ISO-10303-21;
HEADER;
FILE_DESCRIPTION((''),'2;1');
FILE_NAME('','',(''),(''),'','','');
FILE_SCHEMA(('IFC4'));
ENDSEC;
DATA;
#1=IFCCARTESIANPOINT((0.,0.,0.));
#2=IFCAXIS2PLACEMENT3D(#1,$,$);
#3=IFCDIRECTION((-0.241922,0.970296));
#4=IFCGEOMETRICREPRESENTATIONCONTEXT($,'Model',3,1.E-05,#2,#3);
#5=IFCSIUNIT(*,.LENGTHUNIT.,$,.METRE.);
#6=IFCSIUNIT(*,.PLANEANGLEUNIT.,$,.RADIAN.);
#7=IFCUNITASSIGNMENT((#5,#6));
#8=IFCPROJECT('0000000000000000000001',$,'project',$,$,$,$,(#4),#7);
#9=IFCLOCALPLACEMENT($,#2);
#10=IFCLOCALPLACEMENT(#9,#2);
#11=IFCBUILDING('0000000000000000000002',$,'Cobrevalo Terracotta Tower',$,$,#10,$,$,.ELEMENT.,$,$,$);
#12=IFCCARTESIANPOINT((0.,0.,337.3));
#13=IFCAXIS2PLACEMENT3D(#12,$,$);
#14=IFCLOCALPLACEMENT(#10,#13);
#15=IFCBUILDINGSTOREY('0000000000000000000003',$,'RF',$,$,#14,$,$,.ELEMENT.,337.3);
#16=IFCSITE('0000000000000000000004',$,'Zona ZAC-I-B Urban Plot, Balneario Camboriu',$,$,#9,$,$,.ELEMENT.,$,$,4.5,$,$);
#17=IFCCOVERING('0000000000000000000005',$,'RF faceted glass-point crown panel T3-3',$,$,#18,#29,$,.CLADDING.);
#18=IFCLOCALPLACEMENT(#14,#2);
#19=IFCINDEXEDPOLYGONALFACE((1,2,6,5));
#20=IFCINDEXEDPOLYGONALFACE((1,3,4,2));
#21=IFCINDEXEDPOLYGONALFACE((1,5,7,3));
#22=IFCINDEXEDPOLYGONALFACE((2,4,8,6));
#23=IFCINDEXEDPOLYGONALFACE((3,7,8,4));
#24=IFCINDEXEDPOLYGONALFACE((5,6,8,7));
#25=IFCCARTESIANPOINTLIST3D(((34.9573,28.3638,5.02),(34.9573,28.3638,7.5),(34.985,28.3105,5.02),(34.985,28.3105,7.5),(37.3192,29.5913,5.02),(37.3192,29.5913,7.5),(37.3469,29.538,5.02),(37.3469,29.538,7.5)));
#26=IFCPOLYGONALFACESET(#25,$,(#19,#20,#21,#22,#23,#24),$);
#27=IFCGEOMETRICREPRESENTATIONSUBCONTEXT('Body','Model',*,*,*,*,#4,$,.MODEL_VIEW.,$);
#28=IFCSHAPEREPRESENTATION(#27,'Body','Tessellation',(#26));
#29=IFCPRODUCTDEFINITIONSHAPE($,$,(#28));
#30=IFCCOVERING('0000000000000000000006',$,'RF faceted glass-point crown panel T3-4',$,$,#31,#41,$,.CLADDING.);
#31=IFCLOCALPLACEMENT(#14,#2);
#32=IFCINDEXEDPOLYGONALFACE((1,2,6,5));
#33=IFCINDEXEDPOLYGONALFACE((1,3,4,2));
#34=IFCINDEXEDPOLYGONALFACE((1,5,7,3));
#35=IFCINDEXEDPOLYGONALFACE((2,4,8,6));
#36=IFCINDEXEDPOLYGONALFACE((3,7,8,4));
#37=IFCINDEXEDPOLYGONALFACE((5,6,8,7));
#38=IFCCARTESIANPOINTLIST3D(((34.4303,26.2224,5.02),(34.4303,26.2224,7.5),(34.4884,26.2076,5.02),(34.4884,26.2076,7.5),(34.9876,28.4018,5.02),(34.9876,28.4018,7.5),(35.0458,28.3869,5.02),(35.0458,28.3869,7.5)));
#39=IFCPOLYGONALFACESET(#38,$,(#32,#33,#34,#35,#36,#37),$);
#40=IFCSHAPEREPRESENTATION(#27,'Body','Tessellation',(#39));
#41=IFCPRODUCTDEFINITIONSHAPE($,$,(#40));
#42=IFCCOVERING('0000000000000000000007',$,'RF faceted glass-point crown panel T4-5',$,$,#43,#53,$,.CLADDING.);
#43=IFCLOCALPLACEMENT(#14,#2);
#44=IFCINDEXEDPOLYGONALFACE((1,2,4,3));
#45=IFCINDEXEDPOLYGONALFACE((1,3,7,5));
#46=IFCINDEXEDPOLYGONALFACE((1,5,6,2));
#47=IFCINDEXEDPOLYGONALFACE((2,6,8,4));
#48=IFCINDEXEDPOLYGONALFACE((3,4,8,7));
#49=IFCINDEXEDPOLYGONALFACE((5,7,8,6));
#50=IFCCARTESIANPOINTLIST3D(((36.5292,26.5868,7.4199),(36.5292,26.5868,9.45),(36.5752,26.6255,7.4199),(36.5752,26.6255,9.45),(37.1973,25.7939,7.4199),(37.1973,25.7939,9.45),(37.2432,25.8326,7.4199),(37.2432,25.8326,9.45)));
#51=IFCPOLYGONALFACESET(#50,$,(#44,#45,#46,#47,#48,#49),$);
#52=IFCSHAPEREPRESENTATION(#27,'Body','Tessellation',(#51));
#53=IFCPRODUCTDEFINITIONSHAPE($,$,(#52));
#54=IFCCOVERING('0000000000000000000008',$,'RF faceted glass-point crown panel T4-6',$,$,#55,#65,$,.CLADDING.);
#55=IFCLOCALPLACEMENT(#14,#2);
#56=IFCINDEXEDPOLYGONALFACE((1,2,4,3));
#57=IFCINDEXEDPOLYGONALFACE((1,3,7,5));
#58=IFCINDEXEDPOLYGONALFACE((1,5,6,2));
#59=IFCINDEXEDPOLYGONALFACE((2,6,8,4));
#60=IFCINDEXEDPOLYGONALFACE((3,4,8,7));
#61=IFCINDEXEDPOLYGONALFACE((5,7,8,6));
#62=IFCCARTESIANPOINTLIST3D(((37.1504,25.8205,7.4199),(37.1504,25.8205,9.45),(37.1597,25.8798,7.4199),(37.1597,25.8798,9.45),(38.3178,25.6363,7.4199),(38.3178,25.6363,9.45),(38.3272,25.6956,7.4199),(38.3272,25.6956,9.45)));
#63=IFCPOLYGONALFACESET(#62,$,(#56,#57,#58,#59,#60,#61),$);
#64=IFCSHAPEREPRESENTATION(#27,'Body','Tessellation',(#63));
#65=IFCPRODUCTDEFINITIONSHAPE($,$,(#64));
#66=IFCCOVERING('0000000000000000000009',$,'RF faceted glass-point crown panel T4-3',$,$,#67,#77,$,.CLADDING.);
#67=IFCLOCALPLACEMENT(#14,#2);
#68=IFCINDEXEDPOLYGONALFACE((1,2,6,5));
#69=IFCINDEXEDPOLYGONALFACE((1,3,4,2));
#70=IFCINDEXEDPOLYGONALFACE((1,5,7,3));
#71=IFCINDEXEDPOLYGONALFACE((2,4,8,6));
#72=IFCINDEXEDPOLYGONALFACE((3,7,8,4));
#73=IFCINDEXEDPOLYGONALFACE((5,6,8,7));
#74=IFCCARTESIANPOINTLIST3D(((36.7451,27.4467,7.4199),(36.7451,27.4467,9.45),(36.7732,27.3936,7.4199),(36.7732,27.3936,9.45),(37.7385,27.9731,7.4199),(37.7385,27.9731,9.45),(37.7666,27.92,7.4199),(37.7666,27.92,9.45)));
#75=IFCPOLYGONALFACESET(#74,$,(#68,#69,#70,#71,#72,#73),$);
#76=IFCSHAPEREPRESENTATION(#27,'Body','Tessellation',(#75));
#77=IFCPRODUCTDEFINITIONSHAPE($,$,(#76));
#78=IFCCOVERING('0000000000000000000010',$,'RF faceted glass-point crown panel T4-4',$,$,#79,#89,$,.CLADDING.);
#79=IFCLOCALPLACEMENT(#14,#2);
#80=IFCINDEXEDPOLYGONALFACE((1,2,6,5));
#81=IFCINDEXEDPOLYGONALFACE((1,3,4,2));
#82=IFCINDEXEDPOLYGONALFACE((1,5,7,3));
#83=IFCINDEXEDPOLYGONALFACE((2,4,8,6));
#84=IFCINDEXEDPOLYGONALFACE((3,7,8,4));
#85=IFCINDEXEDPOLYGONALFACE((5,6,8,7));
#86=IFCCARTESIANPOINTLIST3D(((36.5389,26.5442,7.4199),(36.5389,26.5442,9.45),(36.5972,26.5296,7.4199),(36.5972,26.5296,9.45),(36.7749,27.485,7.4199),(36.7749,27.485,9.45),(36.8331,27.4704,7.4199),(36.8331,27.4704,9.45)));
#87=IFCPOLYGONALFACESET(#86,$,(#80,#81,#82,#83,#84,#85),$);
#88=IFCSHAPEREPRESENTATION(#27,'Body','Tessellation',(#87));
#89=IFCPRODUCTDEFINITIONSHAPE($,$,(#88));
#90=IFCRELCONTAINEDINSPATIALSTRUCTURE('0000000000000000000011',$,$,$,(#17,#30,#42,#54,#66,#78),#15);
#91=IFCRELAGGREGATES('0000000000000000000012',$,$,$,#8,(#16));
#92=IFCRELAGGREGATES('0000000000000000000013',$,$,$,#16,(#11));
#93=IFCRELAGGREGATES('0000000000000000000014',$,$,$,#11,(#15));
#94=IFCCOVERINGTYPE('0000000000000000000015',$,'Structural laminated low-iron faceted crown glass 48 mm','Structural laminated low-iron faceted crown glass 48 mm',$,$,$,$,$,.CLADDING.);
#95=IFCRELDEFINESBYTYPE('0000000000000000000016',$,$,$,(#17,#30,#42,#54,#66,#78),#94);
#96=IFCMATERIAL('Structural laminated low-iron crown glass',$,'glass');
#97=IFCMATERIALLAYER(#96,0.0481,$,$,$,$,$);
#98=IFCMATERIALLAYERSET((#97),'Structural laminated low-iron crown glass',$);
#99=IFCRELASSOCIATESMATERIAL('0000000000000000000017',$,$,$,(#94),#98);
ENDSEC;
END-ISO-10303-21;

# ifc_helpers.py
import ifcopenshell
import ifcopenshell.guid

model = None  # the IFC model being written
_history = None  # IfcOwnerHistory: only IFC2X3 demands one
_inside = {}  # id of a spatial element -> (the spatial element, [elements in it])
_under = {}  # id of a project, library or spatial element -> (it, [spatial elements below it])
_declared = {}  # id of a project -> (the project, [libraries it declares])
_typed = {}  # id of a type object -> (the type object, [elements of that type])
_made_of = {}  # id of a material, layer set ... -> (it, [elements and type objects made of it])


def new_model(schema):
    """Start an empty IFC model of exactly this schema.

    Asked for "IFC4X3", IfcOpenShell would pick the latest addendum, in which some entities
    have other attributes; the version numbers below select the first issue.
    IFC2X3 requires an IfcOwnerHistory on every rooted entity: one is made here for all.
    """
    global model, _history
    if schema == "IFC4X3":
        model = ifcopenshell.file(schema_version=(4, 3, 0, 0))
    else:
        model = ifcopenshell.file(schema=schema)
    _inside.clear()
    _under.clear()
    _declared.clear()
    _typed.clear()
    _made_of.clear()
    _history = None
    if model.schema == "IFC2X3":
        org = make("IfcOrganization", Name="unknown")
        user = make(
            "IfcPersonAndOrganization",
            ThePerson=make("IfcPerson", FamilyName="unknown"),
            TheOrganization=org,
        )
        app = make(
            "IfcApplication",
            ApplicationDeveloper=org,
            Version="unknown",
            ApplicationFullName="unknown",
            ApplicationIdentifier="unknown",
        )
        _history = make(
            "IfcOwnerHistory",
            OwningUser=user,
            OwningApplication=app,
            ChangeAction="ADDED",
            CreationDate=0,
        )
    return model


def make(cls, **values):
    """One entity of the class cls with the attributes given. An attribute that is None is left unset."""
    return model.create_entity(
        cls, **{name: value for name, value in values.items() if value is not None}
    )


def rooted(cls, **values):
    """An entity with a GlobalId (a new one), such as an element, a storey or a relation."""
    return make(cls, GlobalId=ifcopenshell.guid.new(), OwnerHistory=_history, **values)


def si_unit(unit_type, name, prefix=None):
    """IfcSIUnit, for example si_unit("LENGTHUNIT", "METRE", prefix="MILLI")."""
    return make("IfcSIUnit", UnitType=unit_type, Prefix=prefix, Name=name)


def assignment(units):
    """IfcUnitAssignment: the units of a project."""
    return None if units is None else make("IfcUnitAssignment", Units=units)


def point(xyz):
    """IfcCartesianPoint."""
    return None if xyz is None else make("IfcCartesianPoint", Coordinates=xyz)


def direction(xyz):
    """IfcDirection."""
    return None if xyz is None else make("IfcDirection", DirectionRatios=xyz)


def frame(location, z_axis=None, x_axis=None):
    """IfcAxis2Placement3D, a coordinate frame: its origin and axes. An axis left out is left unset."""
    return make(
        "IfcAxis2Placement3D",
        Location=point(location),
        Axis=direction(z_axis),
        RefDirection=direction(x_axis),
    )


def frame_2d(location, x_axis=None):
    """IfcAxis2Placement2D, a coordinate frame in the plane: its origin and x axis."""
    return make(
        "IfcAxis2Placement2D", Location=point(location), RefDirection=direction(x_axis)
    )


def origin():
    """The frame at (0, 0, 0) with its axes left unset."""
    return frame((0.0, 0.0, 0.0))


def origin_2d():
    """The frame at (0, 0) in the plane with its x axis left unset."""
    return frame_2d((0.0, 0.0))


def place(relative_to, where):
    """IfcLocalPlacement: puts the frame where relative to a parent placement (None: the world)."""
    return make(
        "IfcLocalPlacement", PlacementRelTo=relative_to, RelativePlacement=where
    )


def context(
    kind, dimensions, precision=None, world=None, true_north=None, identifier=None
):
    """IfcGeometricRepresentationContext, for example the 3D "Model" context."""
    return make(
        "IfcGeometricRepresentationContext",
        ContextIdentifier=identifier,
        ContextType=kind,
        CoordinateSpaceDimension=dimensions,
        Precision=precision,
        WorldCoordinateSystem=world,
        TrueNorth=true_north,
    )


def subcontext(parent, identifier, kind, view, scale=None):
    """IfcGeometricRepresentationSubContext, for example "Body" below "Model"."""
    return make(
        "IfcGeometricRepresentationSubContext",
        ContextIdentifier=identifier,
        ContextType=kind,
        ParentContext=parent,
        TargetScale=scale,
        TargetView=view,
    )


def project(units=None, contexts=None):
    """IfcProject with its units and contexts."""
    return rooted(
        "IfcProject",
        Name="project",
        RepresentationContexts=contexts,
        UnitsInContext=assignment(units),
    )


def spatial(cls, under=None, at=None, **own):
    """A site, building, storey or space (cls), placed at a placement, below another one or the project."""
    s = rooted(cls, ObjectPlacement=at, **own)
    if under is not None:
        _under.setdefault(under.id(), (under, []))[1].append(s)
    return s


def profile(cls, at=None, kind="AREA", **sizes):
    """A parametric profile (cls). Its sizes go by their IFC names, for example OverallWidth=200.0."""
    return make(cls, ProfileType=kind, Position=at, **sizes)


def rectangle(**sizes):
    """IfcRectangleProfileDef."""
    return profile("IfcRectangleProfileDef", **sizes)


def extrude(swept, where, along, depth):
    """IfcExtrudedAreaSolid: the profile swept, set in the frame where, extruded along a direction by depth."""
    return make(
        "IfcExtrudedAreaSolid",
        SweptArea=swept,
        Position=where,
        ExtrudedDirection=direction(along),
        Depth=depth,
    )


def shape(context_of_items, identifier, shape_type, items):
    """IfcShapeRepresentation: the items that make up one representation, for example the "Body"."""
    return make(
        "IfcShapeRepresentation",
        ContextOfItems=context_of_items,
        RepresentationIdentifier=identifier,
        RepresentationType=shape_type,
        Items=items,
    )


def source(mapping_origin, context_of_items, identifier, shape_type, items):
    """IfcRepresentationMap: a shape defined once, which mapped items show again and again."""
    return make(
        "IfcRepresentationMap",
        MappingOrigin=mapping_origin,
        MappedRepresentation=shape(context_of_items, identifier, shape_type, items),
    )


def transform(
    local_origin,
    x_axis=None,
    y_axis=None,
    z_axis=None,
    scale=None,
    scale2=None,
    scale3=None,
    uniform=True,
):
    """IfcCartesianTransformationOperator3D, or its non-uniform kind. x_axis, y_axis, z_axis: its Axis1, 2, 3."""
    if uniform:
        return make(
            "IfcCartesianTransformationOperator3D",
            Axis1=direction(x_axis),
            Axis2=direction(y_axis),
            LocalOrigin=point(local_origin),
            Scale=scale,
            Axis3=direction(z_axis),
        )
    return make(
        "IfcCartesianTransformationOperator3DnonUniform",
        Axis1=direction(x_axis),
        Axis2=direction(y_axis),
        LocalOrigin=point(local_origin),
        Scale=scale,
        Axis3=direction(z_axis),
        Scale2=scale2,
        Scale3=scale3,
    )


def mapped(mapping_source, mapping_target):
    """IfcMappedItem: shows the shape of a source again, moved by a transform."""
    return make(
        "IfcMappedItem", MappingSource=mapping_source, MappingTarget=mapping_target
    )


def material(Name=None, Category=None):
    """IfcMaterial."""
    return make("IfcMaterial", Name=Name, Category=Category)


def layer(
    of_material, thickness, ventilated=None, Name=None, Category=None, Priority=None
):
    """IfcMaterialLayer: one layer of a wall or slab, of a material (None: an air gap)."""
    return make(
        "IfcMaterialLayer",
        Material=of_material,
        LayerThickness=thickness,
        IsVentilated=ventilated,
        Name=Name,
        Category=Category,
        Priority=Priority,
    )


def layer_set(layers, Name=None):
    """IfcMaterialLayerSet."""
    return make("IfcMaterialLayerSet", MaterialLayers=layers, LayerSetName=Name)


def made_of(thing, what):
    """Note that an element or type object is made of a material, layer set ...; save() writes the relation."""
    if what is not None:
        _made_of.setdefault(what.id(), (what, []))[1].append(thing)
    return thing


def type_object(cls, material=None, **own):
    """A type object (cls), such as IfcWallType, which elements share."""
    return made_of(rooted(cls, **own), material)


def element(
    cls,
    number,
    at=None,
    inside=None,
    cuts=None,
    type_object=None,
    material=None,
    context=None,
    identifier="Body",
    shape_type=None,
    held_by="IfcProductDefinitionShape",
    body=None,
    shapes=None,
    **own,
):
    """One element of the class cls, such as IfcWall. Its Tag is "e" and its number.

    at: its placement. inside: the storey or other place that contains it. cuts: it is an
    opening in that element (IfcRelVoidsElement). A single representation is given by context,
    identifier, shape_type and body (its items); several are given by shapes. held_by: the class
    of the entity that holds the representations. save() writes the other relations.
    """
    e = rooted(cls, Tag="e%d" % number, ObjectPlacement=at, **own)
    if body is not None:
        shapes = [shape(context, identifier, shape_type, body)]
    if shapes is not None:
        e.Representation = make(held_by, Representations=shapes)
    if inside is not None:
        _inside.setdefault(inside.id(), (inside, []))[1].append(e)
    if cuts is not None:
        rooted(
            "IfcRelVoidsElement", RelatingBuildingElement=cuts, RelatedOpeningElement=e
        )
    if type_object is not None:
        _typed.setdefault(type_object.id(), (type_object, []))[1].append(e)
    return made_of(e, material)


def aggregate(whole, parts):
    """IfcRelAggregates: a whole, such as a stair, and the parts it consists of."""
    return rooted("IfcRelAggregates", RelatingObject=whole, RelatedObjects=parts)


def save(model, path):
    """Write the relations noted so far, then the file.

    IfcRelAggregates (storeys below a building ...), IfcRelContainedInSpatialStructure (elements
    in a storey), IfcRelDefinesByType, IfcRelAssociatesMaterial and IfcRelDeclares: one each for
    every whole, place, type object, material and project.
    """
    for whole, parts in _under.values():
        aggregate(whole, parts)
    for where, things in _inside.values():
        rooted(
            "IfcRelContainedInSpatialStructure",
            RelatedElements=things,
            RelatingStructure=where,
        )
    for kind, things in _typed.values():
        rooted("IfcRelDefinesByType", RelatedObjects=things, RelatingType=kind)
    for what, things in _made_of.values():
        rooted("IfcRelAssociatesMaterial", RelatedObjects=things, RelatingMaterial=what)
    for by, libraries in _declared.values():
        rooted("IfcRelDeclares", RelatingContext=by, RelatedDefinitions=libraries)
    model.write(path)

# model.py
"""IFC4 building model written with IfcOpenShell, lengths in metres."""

from ifc_helpers import new_model, si_unit, direction, frame, origin, origin_2d, place, context, subcontext, project, spatial, rectangle, extrude, source, transform, mapped, material, layer, layer_set, type_object, element, save


model = new_model("IFC4")

# Units and contexts
model_context = context("Model", 3, precision=1e-05, world=origin(), true_north=direction((-0.241922, 0.970296)))
body_context = subcontext(model_context, "Body", "Model", "MODEL_VIEW")
ifc_project = project(units=[si_unit("LENGTHUNIT", "METRE"), si_unit("PLANEANGLEUNIT", "RADIAN")], contexts=[model_context])

# Site, building, storey
site_placement = place(None, origin())
site = spatial("IfcSite", under=ifc_project, at=site_placement, Name="Zona ZAC-I-B Urban Plot, Balneario Camboriu", CompositionType="ELEMENT", RefElevation=4.5)
building_placement = place(site_placement, origin())
building = spatial("IfcBuilding", under=site, at=building_placement, Name="Cobrevalo Terracotta Tower", CompositionType="ELEMENT")
storey_placement = place(building_placement, frame((0.0, 0.0, 337.3)))
storey = spatial("IfcBuildingStorey", under=building, at=storey_placement, Name="RF", CompositionType="ELEMENT", Elevation=337.3)

# Shared definitions
ifc_material_1 = material(Name="Structural laminated low-iron crown glass", Category="glass")

# Coverings
ifc_layer_1 = layer(ifc_material_1, 0.0481)
ifc_layer_set_1 = layer_set([ifc_layer_1], Name="Structural laminated low-iron crown glass")
covering_type = type_object("IfcCoveringType", Name="Structural laminated low-iron faceted crown glass 48 mm", Description="Structural laminated low-iron faceted crown glass 48 mm", PredefinedType="CLADDING", material=ifc_layer_set_1)
shared_shape_1 = source(origin(), body_context, "Body", "SweptSolid", [
    extrude(rectangle(XDim=2.6619, YDim=0.0601, at=origin_2d()), origin(), (0.0, 0.0, 1.0), 2.48),
])
covering_1_placement = place(storey_placement, frame((36.1521, 28.9509, 5.02), z_axis=(0.0, 0.0, 1.0), x_axis=(-0.887328, -0.461139, 0.0)))
element("IfcCovering", 1, at=covering_1_placement, inside=storey, type_object=covering_type, Name="RF faceted glass-point crown panel T3-3", PredefinedType="CLADDING", context=body_context, shape_type="MappedRepresentation", body=[
    mapped(shared_shape_1, transform((0.0, 0.0, 0.0), scale=1.0)),
])
shared_shape_2 = source(origin(), body_context, "Body", "SweptSolid", [
    extrude(rectangle(XDim=2.2495, YDim=0.0601, at=origin_2d()), origin(), (0.0, 0.0, 1.0), 2.48),
])
covering_2_placement = place(storey_placement, frame((34.738, 27.3047, 5.02), z_axis=(0.0, 0.0, 1.0), x_axis=(-0.24777, -0.968819, 0.0)))
element("IfcCovering", 2, at=covering_2_placement, inside=storey, type_object=covering_type, Name="RF faceted glass-point crown panel T3-4", PredefinedType="CLADDING", context=body_context, shape_type="MappedRepresentation", body=[
    mapped(shared_shape_2, transform((0.0, 0.0, 0.0), scale=1.0)),
])
shared_shape_3 = source(origin(), body_context, "Body", "SweptSolid", [
    extrude(rectangle(XDim=1.0369, YDim=0.0601, at=origin_2d()), origin(), (0.0, 0.0, 1.0), 2.03),
])
covering_3_placement = place(storey_placement, frame((36.8862, 26.2097, 7.4199), z_axis=(0.0, 0.0, 1.0), x_axis=(0.644307, -0.764767, 0.0)))
element("IfcCovering", 3, at=covering_3_placement, inside=storey, type_object=covering_type, Name="RF faceted glass-point crown panel T4-5", PredefinedType="CLADDING", context=body_context, shape_type="MappedRepresentation", body=[
    mapped(shared_shape_3, transform((0.0, 0.0, 0.0), scale=1.0)),
])
shared_shape_4 = source(origin(), body_context, "Body", "SweptSolid", [
    extrude(rectangle(XDim=1.1819, YDim=0.0601, at=origin_2d()), origin(), (0.0, 0.0, 1.0), 2.03),
])
covering_4_placement = place(storey_placement, frame((37.7388, 25.7581, 7.4199), z_axis=(0.0, 0.0, 1.0), x_axis=(0.987784, -0.155831, 0.0)))
element("IfcCovering", 4, at=covering_4_placement, inside=storey, type_object=covering_type, Name="RF faceted glass-point crown panel T4-6", PredefinedType="CLADDING", context=body_context, shape_type="MappedRepresentation", body=[
    mapped(shared_shape_4, transform((0.0, 0.0, 0.0), scale=1.0)),
])
shared_shape_5 = source(origin(), body_context, "Body", "SweptSolid", [
    extrude(rectangle(XDim=1.1243, YDim=0.0601, at=origin_2d()), origin(), (0.0, 0.0, 1.0), 2.03),
])
covering_5_placement = place(storey_placement, frame((37.2559, 27.6833, 7.4199), z_axis=(0.0, 0.0, 1.0), x_axis=(-0.883597, -0.468249, 0.0)))
element("IfcCovering", 5, at=covering_5_placement, inside=storey, type_object=covering_type, Name="RF faceted glass-point crown panel T4-3", PredefinedType="CLADDING", context=body_context, shape_type="MappedRepresentation", body=[
    mapped(shared_shape_5, transform((0.0, 0.0, 0.0), scale=1.0)),
])
shared_shape_6 = source(origin(), body_context, "Body", "SweptSolid", [
    extrude(rectangle(XDim=0.97, YDim=0.0601, at=origin_2d()), origin(), (0.0, 0.0, 1.0), 2.03),
])
covering_6_placement = place(storey_placement, frame((36.686, 27.0073, 7.4199), z_axis=(0.0, 0.0, 1.0), x_axis=(-0.243268, -0.969959, 0.0)))
element("IfcCovering", 6, at=covering_6_placement, inside=storey, type_object=covering_type, Name="RF faceted glass-point crown panel T4-4", PredefinedType="CLADDING", context=body_context, shape_type="MappedRepresentation", body=[
    mapped(shared_shape_6, transform((0.0, 0.0, 0.0), scale=1.0)),
])

save(model, "model.ifc")
